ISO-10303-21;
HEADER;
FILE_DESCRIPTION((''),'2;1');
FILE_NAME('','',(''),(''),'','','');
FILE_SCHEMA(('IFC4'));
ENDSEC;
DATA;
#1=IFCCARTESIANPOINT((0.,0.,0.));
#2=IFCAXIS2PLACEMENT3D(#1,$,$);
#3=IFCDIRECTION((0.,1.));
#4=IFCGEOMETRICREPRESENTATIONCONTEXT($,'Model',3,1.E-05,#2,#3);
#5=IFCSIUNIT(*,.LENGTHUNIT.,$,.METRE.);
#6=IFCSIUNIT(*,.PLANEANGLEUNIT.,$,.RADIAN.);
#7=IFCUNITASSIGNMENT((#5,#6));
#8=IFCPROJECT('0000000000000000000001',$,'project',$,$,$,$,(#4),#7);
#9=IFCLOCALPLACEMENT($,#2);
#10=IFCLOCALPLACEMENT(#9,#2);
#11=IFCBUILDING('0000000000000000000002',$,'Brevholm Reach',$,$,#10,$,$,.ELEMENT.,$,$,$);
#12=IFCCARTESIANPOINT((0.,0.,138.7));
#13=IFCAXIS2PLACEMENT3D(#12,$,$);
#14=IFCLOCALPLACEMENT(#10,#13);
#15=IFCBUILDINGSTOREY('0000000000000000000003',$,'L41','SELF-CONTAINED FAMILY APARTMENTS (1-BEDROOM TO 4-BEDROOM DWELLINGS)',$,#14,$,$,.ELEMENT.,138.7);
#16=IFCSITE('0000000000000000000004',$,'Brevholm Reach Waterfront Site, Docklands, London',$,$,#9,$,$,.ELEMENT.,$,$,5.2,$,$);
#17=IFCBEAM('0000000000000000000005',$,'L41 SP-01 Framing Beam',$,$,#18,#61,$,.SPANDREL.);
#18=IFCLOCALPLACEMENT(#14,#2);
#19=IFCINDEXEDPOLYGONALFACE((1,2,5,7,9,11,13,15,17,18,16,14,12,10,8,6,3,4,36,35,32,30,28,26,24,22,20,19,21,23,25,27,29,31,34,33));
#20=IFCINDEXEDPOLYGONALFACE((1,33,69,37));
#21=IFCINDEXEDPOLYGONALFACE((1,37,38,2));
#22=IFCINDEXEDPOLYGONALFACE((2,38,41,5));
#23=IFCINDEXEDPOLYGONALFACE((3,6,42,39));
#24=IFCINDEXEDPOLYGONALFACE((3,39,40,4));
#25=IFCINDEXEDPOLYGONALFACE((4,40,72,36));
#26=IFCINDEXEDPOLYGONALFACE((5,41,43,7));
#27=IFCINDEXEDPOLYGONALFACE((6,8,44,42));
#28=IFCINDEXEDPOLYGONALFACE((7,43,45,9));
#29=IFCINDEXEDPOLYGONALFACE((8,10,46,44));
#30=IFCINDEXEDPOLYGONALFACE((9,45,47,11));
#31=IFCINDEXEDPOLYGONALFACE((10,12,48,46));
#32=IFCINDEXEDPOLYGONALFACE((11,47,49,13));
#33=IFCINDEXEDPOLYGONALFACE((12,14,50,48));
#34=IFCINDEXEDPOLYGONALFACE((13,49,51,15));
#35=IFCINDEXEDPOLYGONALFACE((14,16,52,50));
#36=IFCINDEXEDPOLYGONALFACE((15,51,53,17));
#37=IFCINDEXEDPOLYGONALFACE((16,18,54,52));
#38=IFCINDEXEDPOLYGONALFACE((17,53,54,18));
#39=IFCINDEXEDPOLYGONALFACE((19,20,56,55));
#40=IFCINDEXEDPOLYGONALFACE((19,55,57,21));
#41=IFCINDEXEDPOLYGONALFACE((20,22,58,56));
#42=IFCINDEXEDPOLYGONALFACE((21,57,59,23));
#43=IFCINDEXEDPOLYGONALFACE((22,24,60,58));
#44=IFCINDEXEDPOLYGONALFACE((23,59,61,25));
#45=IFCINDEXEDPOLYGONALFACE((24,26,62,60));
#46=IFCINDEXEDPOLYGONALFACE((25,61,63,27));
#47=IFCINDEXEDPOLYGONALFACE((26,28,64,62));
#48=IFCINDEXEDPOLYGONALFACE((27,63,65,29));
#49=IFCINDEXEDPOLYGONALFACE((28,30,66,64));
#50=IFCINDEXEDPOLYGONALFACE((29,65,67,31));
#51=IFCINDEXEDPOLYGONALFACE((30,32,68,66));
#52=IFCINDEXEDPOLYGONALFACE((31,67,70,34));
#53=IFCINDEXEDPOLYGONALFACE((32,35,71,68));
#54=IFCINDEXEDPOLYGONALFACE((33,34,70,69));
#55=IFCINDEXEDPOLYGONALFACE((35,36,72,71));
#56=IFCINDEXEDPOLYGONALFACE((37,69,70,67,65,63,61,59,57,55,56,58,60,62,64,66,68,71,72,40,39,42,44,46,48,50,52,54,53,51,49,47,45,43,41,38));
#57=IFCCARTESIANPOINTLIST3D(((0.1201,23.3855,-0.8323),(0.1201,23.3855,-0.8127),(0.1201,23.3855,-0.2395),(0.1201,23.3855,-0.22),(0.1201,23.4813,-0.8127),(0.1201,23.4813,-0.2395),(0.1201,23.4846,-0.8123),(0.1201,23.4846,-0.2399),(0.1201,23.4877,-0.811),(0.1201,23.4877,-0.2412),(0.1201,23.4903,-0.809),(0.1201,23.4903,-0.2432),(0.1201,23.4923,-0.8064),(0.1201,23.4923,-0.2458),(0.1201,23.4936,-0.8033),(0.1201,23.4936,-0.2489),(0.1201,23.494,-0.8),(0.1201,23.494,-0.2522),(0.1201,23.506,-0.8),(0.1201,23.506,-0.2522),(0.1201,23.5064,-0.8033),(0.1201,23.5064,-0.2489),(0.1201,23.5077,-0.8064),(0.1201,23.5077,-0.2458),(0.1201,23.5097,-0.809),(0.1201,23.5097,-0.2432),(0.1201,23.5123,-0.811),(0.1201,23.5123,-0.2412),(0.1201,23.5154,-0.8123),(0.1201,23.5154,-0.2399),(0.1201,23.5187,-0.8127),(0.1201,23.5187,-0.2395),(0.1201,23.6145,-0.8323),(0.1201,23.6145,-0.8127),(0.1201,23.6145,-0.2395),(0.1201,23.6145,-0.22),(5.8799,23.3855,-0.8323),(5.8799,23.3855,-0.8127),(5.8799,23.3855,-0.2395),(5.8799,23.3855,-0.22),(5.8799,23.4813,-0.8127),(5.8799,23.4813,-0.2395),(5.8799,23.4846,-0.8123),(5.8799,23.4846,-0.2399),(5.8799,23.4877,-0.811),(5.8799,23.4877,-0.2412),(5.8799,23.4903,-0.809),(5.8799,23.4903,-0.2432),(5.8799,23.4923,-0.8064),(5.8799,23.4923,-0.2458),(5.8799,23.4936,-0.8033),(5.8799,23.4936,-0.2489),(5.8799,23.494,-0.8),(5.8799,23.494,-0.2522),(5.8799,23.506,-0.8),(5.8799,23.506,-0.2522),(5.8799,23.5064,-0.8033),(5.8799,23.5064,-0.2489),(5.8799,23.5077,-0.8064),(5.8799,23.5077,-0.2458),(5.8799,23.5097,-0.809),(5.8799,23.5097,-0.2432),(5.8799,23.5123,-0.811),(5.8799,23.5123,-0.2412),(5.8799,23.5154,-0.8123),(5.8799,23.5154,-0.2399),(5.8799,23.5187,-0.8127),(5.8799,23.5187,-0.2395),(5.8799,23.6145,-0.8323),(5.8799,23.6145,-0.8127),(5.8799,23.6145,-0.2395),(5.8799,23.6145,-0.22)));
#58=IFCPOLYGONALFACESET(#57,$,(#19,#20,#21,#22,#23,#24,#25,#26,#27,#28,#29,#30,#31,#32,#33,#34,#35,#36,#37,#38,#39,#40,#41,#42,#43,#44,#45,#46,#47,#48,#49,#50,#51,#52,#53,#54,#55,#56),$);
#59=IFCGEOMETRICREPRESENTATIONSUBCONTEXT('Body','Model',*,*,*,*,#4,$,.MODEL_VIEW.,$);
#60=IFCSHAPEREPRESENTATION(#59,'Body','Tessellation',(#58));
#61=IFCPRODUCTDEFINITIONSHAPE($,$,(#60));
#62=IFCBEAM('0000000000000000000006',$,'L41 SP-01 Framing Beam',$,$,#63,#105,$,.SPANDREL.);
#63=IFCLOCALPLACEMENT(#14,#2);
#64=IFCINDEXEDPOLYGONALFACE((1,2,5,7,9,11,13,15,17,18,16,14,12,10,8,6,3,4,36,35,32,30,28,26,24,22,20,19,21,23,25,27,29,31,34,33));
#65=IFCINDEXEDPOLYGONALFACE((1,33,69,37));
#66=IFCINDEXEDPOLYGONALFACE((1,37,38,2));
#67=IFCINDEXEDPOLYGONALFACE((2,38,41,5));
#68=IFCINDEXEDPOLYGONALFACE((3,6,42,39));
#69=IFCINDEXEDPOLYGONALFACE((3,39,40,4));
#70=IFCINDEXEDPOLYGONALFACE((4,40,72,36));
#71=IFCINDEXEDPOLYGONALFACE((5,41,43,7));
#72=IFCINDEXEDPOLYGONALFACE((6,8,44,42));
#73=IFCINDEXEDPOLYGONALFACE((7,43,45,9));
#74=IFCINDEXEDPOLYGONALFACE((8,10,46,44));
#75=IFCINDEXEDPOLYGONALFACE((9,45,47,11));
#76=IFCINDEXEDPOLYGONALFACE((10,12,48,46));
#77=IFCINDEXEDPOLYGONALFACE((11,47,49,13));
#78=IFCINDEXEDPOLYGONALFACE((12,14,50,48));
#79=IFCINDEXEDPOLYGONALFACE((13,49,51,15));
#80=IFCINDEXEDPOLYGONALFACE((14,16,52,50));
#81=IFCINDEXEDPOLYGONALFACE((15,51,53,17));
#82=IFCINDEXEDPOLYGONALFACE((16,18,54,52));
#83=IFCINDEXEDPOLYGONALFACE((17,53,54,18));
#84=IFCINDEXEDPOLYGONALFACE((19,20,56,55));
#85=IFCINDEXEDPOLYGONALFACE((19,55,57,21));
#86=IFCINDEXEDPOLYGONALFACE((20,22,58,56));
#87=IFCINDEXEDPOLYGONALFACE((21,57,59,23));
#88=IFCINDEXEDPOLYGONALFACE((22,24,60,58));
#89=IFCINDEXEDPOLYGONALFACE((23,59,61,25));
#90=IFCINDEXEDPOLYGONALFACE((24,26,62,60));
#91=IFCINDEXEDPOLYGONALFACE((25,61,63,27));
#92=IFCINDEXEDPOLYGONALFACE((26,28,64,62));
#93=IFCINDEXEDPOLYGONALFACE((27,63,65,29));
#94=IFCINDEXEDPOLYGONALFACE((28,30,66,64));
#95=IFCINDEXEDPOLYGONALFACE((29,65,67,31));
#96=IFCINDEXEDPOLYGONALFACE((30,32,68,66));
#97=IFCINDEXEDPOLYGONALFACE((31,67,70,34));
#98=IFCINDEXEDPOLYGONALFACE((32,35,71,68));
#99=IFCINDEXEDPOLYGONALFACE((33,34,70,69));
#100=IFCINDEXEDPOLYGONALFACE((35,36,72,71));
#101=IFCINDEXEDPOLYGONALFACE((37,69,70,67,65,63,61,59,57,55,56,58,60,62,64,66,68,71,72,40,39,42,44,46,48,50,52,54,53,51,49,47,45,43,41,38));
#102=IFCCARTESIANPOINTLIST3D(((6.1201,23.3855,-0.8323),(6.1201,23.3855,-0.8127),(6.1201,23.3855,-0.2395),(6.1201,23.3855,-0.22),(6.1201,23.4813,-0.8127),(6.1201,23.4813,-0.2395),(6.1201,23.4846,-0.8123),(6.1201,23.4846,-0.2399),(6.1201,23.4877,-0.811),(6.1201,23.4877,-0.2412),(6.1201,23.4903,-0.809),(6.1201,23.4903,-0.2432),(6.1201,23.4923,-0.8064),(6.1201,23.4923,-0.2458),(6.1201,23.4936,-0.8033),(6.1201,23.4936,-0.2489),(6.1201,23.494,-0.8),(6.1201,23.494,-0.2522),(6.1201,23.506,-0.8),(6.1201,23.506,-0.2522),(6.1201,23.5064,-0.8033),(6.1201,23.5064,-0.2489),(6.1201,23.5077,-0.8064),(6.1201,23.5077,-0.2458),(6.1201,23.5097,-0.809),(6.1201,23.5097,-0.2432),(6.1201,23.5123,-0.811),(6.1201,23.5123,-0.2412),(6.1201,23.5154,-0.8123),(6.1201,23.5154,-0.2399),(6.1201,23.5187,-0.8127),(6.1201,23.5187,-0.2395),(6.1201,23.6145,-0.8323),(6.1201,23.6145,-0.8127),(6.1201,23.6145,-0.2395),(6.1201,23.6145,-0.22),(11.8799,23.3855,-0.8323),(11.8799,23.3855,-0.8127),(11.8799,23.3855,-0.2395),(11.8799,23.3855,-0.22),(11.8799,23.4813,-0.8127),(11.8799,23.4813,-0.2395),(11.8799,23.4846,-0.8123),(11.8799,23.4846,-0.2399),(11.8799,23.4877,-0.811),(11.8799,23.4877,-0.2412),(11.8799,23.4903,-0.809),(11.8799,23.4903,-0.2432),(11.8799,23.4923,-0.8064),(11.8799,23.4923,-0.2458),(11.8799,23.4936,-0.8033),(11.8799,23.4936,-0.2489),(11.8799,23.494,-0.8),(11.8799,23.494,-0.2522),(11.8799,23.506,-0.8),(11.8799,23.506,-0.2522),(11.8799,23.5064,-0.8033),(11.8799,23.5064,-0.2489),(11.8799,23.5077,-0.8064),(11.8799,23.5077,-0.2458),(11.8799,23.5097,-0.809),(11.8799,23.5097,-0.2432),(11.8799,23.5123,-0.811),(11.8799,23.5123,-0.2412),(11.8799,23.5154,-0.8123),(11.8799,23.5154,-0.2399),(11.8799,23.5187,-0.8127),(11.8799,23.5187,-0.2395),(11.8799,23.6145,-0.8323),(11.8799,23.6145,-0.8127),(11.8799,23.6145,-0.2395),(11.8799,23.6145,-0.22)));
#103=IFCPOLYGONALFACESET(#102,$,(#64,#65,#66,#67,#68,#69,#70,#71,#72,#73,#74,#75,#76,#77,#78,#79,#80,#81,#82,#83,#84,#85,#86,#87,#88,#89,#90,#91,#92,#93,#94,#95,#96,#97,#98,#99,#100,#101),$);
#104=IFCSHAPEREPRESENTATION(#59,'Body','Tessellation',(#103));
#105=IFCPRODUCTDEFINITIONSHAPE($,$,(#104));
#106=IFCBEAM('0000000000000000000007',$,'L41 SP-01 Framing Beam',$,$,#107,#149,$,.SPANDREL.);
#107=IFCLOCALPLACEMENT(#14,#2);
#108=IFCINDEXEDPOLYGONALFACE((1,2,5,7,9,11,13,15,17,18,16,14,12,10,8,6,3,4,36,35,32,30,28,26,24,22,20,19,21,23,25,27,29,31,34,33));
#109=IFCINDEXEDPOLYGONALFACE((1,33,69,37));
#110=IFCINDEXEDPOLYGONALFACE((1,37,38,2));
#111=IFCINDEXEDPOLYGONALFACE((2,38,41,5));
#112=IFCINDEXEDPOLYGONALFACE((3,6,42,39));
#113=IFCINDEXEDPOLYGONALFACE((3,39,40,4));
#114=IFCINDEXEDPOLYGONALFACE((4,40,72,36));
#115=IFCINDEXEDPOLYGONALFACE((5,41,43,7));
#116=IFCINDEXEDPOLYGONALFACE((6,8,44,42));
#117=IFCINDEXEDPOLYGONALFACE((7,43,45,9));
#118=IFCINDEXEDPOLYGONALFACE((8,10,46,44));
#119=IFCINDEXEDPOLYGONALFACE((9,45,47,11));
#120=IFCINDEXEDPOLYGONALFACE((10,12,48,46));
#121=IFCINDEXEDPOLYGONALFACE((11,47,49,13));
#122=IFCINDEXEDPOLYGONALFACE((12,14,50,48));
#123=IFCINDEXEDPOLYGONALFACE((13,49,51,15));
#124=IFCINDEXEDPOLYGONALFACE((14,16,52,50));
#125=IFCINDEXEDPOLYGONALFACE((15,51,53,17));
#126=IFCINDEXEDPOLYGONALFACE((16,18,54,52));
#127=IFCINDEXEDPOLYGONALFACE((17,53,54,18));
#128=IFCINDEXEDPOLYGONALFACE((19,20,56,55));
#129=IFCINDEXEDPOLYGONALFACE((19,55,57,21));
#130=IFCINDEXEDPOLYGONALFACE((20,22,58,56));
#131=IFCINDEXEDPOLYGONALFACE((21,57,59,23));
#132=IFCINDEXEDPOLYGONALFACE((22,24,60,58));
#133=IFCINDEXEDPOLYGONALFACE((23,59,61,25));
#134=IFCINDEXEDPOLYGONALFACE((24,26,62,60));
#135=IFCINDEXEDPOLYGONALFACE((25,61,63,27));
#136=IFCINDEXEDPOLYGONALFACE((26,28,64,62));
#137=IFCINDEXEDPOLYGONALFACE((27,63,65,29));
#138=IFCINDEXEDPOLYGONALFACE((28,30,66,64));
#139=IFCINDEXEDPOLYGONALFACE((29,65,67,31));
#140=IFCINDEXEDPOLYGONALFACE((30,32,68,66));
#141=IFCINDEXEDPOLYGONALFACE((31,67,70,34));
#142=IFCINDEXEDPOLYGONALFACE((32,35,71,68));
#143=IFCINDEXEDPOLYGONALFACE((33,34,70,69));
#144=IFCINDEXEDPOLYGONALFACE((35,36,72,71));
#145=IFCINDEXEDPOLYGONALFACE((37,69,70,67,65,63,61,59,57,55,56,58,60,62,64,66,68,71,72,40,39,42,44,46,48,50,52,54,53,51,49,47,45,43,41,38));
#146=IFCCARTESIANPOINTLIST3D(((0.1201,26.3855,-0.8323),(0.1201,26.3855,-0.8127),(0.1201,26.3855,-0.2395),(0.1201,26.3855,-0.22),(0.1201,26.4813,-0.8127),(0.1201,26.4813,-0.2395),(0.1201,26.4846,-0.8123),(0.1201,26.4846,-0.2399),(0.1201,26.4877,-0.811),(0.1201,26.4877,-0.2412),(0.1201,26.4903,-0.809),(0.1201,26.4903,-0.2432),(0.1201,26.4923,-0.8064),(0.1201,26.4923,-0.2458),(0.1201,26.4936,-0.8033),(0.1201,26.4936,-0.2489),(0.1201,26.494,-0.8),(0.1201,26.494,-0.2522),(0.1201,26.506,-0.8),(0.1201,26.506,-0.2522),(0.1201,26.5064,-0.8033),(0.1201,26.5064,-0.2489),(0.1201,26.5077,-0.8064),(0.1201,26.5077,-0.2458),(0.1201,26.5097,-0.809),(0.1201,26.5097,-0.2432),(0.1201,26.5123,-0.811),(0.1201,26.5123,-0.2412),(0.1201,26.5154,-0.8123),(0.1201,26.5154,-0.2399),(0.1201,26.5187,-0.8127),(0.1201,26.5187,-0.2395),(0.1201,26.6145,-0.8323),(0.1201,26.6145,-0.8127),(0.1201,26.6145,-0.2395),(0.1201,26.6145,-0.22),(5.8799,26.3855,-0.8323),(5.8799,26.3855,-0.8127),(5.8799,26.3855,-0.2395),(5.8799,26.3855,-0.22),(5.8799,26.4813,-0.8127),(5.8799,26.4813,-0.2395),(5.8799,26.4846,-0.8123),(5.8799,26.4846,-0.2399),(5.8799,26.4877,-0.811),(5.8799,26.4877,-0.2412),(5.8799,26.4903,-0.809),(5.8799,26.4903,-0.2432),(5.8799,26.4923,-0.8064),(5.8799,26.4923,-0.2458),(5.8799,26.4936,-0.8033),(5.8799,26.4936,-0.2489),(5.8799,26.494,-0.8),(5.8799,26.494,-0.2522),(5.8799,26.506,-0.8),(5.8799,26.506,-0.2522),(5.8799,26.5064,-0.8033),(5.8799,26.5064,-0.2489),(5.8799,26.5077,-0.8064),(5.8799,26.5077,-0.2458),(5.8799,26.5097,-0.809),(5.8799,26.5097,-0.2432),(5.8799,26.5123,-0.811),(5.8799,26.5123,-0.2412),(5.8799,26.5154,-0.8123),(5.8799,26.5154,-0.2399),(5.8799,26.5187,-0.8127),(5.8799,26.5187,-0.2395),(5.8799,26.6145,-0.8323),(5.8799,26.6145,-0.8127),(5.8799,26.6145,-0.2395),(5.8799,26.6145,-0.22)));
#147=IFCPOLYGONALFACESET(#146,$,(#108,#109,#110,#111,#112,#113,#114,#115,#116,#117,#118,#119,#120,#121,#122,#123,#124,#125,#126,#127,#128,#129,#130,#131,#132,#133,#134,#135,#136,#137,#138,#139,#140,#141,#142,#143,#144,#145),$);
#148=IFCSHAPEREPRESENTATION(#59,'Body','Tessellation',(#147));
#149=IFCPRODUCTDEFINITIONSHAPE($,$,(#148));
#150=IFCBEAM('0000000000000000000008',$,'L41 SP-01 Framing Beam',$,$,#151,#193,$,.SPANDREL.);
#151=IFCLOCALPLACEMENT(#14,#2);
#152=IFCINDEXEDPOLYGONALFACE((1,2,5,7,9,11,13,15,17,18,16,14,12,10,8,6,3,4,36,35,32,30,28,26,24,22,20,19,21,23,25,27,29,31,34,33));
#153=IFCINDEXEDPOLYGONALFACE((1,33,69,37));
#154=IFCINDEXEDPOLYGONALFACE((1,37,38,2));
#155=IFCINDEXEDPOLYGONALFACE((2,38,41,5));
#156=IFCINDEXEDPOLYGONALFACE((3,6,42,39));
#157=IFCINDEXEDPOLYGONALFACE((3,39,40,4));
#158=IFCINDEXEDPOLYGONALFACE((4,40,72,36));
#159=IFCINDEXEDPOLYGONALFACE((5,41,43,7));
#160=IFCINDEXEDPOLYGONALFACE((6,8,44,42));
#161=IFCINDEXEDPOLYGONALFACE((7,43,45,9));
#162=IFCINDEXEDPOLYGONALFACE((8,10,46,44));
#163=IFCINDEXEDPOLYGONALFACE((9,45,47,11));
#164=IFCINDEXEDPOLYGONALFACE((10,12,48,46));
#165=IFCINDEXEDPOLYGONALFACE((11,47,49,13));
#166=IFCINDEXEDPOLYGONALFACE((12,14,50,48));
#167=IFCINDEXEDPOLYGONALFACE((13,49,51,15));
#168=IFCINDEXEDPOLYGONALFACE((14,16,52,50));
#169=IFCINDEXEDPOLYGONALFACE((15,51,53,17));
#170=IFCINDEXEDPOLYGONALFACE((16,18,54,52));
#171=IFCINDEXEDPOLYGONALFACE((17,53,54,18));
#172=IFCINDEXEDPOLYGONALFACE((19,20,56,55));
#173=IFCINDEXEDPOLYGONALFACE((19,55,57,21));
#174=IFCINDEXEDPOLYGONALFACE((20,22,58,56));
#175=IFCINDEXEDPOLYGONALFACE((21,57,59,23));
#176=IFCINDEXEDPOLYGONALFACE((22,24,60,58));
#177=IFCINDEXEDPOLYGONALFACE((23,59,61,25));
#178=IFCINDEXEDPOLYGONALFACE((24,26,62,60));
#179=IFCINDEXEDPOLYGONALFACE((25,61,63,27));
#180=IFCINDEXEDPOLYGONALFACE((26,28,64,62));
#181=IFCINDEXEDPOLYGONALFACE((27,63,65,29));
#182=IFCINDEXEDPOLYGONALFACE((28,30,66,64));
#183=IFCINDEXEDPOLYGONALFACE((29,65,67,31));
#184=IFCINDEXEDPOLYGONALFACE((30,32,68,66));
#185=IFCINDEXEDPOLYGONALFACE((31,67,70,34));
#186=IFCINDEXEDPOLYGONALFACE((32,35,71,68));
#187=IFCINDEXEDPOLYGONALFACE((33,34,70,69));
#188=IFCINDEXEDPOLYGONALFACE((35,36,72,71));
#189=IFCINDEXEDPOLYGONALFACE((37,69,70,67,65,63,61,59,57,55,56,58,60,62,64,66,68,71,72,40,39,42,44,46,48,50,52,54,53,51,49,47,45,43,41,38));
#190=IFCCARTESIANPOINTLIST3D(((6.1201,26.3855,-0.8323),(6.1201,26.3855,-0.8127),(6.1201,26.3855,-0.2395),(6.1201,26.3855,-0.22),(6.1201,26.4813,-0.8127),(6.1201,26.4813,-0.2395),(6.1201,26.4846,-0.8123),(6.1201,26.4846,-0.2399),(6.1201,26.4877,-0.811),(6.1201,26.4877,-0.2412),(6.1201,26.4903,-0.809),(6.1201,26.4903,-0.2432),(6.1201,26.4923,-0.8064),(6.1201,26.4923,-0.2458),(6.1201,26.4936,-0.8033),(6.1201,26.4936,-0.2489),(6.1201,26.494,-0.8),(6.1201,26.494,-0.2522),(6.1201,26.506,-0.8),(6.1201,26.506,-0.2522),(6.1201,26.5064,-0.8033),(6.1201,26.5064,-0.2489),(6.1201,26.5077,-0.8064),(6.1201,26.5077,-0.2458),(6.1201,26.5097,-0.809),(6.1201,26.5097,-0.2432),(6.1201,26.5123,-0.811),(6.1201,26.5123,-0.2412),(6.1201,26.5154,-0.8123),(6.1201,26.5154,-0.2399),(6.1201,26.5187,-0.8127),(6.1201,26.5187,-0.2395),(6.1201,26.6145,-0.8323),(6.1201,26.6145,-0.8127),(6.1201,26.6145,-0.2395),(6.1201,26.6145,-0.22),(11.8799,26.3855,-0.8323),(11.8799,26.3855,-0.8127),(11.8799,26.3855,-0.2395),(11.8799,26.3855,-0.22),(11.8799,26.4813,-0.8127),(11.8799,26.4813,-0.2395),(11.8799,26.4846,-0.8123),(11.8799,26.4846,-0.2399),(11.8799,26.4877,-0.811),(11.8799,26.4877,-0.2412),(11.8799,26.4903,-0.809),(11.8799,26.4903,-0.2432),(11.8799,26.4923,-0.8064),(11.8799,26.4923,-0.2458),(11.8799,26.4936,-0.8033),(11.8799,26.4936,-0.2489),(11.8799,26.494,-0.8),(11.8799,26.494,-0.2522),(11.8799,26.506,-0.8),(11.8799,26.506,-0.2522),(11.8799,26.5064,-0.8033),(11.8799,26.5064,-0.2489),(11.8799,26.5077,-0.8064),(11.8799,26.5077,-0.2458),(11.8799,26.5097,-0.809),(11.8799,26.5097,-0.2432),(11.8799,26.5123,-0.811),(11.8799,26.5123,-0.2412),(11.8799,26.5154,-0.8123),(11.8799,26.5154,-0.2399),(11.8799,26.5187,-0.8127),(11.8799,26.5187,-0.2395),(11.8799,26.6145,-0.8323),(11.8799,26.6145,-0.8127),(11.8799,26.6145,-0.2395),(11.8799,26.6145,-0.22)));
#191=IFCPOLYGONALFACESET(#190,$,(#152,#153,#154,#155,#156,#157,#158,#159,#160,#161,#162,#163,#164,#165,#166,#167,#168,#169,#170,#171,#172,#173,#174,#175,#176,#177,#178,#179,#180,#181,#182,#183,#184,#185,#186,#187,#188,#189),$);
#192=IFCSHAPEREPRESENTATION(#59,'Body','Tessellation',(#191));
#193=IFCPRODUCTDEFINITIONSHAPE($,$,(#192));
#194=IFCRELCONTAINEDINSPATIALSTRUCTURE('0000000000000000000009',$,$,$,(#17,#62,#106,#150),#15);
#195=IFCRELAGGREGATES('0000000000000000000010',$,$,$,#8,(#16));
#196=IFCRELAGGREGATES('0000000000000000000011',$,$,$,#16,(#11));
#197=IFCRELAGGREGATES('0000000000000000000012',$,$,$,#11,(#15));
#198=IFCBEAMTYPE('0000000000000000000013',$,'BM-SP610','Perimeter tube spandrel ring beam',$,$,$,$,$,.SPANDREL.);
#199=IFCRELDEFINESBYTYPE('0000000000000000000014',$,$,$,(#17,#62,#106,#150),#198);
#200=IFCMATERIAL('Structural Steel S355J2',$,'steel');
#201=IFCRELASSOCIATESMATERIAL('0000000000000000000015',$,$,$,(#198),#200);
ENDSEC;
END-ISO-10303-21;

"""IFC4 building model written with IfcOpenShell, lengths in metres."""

from ifc_helpers import new_model, si_unit, direction, frame, origin, origin_2d, place, context, subcontext, project, spatial, i_section, extrude, material, material_profile, profile_set, type_object, element, save


model = new_model("IFC4")

# Units and contexts
model_context = context("Model", 3, precision=1e-05, world=origin(), true_north=direction((0.0, 1.0)))
body_context = subcontext(model_context, "Body", "Model", "MODEL_VIEW")
ifc_project = project(units=[si_unit("LENGTHUNIT", "METRE"), si_unit("PLANEANGLEUNIT", "RADIAN")], contexts=[model_context])

# Site, building, storey
site_placement = place(None, origin())
site = spatial("IfcSite", under=ifc_project, at=site_placement, Name="Brevholm Reach Waterfront Site, Docklands, London", CompositionType="ELEMENT", RefElevation=5.2)
building_placement = place(site_placement, origin())
building = spatial("IfcBuilding", under=site, at=building_placement, Name="Brevholm Reach", CompositionType="ELEMENT")
storey_placement = place(building_placement, frame((0.0, 0.0, 138.7)))
storey = spatial("IfcBuildingStorey", under=building, at=storey_placement, Name="L41", Description="SELF-CONTAINED FAMILY APARTMENTS (1-BEDROOM TO 4-BEDROOM DWELLINGS)", CompositionType="ELEMENT", Elevation=138.7)

# Beams
ifc_material_1 = material(Name="Structural Steel S355J2", Category="steel")
ifc_material_profile_1 = material_profile(ifc_material_1, i_section(OverallWidth=0.229, OverallDepth=0.6123, WebThickness=0.012, FlangeThickness=0.0195, FilletRadius=0.0127, at=origin_2d()), Name="UKB 610x229x125")
ifc_profile_set_1 = profile_set([ifc_material_profile_1], Name="Structural Steel S355J2")
beam_type_1 = type_object("IfcBeamType", Name="BM-SP610", Description="Perimeter tube spandrel ring beam", PredefinedType="SPANDREL", material=ifc_profile_set_1)
for number, where, z_axis, x_axis, name in (
    (1, (0.1201, 23.5, -0.5261), (1.0, 0.0, 0.0), (0.0, 1.0, 0.0), "L41 SP-01 Framing Beam"),
    (2, (6.1201, 23.5, -0.5261), (1.0, 0.0, 0.0), (0.0, 1.0, 0.0), "L41 SP-01 Framing Beam"),
    (3, (0.1201, 26.5, -0.5261), (1.0, 0.0, 0.0), (0.0, 1.0, 0.0), "L41 SP-01 Framing Beam"),
    (4, (6.1201, 26.5, -0.5261), (1.0, 0.0, 0.0), (0.0, 1.0, 0.0), "L41 SP-01 Framing Beam"),
):
    element("IfcBeam", number, at=place(storey_placement, frame(where, z_axis=z_axis, x_axis=x_axis)), inside=storey, type_object=beam_type_1, Name=name, PredefinedType="SPANDREL", context=body_context, shape_type="SweptSolid", body=[
        extrude(i_section(OverallWidth=0.229, OverallDepth=0.6123, WebThickness=0.012, FlangeThickness=0.0195, FilletRadius=0.0127, at=origin_2d()), origin(), (0.0, 0.0, 1.0), 5.7598),
    ])

save(model, "model.ifc")
